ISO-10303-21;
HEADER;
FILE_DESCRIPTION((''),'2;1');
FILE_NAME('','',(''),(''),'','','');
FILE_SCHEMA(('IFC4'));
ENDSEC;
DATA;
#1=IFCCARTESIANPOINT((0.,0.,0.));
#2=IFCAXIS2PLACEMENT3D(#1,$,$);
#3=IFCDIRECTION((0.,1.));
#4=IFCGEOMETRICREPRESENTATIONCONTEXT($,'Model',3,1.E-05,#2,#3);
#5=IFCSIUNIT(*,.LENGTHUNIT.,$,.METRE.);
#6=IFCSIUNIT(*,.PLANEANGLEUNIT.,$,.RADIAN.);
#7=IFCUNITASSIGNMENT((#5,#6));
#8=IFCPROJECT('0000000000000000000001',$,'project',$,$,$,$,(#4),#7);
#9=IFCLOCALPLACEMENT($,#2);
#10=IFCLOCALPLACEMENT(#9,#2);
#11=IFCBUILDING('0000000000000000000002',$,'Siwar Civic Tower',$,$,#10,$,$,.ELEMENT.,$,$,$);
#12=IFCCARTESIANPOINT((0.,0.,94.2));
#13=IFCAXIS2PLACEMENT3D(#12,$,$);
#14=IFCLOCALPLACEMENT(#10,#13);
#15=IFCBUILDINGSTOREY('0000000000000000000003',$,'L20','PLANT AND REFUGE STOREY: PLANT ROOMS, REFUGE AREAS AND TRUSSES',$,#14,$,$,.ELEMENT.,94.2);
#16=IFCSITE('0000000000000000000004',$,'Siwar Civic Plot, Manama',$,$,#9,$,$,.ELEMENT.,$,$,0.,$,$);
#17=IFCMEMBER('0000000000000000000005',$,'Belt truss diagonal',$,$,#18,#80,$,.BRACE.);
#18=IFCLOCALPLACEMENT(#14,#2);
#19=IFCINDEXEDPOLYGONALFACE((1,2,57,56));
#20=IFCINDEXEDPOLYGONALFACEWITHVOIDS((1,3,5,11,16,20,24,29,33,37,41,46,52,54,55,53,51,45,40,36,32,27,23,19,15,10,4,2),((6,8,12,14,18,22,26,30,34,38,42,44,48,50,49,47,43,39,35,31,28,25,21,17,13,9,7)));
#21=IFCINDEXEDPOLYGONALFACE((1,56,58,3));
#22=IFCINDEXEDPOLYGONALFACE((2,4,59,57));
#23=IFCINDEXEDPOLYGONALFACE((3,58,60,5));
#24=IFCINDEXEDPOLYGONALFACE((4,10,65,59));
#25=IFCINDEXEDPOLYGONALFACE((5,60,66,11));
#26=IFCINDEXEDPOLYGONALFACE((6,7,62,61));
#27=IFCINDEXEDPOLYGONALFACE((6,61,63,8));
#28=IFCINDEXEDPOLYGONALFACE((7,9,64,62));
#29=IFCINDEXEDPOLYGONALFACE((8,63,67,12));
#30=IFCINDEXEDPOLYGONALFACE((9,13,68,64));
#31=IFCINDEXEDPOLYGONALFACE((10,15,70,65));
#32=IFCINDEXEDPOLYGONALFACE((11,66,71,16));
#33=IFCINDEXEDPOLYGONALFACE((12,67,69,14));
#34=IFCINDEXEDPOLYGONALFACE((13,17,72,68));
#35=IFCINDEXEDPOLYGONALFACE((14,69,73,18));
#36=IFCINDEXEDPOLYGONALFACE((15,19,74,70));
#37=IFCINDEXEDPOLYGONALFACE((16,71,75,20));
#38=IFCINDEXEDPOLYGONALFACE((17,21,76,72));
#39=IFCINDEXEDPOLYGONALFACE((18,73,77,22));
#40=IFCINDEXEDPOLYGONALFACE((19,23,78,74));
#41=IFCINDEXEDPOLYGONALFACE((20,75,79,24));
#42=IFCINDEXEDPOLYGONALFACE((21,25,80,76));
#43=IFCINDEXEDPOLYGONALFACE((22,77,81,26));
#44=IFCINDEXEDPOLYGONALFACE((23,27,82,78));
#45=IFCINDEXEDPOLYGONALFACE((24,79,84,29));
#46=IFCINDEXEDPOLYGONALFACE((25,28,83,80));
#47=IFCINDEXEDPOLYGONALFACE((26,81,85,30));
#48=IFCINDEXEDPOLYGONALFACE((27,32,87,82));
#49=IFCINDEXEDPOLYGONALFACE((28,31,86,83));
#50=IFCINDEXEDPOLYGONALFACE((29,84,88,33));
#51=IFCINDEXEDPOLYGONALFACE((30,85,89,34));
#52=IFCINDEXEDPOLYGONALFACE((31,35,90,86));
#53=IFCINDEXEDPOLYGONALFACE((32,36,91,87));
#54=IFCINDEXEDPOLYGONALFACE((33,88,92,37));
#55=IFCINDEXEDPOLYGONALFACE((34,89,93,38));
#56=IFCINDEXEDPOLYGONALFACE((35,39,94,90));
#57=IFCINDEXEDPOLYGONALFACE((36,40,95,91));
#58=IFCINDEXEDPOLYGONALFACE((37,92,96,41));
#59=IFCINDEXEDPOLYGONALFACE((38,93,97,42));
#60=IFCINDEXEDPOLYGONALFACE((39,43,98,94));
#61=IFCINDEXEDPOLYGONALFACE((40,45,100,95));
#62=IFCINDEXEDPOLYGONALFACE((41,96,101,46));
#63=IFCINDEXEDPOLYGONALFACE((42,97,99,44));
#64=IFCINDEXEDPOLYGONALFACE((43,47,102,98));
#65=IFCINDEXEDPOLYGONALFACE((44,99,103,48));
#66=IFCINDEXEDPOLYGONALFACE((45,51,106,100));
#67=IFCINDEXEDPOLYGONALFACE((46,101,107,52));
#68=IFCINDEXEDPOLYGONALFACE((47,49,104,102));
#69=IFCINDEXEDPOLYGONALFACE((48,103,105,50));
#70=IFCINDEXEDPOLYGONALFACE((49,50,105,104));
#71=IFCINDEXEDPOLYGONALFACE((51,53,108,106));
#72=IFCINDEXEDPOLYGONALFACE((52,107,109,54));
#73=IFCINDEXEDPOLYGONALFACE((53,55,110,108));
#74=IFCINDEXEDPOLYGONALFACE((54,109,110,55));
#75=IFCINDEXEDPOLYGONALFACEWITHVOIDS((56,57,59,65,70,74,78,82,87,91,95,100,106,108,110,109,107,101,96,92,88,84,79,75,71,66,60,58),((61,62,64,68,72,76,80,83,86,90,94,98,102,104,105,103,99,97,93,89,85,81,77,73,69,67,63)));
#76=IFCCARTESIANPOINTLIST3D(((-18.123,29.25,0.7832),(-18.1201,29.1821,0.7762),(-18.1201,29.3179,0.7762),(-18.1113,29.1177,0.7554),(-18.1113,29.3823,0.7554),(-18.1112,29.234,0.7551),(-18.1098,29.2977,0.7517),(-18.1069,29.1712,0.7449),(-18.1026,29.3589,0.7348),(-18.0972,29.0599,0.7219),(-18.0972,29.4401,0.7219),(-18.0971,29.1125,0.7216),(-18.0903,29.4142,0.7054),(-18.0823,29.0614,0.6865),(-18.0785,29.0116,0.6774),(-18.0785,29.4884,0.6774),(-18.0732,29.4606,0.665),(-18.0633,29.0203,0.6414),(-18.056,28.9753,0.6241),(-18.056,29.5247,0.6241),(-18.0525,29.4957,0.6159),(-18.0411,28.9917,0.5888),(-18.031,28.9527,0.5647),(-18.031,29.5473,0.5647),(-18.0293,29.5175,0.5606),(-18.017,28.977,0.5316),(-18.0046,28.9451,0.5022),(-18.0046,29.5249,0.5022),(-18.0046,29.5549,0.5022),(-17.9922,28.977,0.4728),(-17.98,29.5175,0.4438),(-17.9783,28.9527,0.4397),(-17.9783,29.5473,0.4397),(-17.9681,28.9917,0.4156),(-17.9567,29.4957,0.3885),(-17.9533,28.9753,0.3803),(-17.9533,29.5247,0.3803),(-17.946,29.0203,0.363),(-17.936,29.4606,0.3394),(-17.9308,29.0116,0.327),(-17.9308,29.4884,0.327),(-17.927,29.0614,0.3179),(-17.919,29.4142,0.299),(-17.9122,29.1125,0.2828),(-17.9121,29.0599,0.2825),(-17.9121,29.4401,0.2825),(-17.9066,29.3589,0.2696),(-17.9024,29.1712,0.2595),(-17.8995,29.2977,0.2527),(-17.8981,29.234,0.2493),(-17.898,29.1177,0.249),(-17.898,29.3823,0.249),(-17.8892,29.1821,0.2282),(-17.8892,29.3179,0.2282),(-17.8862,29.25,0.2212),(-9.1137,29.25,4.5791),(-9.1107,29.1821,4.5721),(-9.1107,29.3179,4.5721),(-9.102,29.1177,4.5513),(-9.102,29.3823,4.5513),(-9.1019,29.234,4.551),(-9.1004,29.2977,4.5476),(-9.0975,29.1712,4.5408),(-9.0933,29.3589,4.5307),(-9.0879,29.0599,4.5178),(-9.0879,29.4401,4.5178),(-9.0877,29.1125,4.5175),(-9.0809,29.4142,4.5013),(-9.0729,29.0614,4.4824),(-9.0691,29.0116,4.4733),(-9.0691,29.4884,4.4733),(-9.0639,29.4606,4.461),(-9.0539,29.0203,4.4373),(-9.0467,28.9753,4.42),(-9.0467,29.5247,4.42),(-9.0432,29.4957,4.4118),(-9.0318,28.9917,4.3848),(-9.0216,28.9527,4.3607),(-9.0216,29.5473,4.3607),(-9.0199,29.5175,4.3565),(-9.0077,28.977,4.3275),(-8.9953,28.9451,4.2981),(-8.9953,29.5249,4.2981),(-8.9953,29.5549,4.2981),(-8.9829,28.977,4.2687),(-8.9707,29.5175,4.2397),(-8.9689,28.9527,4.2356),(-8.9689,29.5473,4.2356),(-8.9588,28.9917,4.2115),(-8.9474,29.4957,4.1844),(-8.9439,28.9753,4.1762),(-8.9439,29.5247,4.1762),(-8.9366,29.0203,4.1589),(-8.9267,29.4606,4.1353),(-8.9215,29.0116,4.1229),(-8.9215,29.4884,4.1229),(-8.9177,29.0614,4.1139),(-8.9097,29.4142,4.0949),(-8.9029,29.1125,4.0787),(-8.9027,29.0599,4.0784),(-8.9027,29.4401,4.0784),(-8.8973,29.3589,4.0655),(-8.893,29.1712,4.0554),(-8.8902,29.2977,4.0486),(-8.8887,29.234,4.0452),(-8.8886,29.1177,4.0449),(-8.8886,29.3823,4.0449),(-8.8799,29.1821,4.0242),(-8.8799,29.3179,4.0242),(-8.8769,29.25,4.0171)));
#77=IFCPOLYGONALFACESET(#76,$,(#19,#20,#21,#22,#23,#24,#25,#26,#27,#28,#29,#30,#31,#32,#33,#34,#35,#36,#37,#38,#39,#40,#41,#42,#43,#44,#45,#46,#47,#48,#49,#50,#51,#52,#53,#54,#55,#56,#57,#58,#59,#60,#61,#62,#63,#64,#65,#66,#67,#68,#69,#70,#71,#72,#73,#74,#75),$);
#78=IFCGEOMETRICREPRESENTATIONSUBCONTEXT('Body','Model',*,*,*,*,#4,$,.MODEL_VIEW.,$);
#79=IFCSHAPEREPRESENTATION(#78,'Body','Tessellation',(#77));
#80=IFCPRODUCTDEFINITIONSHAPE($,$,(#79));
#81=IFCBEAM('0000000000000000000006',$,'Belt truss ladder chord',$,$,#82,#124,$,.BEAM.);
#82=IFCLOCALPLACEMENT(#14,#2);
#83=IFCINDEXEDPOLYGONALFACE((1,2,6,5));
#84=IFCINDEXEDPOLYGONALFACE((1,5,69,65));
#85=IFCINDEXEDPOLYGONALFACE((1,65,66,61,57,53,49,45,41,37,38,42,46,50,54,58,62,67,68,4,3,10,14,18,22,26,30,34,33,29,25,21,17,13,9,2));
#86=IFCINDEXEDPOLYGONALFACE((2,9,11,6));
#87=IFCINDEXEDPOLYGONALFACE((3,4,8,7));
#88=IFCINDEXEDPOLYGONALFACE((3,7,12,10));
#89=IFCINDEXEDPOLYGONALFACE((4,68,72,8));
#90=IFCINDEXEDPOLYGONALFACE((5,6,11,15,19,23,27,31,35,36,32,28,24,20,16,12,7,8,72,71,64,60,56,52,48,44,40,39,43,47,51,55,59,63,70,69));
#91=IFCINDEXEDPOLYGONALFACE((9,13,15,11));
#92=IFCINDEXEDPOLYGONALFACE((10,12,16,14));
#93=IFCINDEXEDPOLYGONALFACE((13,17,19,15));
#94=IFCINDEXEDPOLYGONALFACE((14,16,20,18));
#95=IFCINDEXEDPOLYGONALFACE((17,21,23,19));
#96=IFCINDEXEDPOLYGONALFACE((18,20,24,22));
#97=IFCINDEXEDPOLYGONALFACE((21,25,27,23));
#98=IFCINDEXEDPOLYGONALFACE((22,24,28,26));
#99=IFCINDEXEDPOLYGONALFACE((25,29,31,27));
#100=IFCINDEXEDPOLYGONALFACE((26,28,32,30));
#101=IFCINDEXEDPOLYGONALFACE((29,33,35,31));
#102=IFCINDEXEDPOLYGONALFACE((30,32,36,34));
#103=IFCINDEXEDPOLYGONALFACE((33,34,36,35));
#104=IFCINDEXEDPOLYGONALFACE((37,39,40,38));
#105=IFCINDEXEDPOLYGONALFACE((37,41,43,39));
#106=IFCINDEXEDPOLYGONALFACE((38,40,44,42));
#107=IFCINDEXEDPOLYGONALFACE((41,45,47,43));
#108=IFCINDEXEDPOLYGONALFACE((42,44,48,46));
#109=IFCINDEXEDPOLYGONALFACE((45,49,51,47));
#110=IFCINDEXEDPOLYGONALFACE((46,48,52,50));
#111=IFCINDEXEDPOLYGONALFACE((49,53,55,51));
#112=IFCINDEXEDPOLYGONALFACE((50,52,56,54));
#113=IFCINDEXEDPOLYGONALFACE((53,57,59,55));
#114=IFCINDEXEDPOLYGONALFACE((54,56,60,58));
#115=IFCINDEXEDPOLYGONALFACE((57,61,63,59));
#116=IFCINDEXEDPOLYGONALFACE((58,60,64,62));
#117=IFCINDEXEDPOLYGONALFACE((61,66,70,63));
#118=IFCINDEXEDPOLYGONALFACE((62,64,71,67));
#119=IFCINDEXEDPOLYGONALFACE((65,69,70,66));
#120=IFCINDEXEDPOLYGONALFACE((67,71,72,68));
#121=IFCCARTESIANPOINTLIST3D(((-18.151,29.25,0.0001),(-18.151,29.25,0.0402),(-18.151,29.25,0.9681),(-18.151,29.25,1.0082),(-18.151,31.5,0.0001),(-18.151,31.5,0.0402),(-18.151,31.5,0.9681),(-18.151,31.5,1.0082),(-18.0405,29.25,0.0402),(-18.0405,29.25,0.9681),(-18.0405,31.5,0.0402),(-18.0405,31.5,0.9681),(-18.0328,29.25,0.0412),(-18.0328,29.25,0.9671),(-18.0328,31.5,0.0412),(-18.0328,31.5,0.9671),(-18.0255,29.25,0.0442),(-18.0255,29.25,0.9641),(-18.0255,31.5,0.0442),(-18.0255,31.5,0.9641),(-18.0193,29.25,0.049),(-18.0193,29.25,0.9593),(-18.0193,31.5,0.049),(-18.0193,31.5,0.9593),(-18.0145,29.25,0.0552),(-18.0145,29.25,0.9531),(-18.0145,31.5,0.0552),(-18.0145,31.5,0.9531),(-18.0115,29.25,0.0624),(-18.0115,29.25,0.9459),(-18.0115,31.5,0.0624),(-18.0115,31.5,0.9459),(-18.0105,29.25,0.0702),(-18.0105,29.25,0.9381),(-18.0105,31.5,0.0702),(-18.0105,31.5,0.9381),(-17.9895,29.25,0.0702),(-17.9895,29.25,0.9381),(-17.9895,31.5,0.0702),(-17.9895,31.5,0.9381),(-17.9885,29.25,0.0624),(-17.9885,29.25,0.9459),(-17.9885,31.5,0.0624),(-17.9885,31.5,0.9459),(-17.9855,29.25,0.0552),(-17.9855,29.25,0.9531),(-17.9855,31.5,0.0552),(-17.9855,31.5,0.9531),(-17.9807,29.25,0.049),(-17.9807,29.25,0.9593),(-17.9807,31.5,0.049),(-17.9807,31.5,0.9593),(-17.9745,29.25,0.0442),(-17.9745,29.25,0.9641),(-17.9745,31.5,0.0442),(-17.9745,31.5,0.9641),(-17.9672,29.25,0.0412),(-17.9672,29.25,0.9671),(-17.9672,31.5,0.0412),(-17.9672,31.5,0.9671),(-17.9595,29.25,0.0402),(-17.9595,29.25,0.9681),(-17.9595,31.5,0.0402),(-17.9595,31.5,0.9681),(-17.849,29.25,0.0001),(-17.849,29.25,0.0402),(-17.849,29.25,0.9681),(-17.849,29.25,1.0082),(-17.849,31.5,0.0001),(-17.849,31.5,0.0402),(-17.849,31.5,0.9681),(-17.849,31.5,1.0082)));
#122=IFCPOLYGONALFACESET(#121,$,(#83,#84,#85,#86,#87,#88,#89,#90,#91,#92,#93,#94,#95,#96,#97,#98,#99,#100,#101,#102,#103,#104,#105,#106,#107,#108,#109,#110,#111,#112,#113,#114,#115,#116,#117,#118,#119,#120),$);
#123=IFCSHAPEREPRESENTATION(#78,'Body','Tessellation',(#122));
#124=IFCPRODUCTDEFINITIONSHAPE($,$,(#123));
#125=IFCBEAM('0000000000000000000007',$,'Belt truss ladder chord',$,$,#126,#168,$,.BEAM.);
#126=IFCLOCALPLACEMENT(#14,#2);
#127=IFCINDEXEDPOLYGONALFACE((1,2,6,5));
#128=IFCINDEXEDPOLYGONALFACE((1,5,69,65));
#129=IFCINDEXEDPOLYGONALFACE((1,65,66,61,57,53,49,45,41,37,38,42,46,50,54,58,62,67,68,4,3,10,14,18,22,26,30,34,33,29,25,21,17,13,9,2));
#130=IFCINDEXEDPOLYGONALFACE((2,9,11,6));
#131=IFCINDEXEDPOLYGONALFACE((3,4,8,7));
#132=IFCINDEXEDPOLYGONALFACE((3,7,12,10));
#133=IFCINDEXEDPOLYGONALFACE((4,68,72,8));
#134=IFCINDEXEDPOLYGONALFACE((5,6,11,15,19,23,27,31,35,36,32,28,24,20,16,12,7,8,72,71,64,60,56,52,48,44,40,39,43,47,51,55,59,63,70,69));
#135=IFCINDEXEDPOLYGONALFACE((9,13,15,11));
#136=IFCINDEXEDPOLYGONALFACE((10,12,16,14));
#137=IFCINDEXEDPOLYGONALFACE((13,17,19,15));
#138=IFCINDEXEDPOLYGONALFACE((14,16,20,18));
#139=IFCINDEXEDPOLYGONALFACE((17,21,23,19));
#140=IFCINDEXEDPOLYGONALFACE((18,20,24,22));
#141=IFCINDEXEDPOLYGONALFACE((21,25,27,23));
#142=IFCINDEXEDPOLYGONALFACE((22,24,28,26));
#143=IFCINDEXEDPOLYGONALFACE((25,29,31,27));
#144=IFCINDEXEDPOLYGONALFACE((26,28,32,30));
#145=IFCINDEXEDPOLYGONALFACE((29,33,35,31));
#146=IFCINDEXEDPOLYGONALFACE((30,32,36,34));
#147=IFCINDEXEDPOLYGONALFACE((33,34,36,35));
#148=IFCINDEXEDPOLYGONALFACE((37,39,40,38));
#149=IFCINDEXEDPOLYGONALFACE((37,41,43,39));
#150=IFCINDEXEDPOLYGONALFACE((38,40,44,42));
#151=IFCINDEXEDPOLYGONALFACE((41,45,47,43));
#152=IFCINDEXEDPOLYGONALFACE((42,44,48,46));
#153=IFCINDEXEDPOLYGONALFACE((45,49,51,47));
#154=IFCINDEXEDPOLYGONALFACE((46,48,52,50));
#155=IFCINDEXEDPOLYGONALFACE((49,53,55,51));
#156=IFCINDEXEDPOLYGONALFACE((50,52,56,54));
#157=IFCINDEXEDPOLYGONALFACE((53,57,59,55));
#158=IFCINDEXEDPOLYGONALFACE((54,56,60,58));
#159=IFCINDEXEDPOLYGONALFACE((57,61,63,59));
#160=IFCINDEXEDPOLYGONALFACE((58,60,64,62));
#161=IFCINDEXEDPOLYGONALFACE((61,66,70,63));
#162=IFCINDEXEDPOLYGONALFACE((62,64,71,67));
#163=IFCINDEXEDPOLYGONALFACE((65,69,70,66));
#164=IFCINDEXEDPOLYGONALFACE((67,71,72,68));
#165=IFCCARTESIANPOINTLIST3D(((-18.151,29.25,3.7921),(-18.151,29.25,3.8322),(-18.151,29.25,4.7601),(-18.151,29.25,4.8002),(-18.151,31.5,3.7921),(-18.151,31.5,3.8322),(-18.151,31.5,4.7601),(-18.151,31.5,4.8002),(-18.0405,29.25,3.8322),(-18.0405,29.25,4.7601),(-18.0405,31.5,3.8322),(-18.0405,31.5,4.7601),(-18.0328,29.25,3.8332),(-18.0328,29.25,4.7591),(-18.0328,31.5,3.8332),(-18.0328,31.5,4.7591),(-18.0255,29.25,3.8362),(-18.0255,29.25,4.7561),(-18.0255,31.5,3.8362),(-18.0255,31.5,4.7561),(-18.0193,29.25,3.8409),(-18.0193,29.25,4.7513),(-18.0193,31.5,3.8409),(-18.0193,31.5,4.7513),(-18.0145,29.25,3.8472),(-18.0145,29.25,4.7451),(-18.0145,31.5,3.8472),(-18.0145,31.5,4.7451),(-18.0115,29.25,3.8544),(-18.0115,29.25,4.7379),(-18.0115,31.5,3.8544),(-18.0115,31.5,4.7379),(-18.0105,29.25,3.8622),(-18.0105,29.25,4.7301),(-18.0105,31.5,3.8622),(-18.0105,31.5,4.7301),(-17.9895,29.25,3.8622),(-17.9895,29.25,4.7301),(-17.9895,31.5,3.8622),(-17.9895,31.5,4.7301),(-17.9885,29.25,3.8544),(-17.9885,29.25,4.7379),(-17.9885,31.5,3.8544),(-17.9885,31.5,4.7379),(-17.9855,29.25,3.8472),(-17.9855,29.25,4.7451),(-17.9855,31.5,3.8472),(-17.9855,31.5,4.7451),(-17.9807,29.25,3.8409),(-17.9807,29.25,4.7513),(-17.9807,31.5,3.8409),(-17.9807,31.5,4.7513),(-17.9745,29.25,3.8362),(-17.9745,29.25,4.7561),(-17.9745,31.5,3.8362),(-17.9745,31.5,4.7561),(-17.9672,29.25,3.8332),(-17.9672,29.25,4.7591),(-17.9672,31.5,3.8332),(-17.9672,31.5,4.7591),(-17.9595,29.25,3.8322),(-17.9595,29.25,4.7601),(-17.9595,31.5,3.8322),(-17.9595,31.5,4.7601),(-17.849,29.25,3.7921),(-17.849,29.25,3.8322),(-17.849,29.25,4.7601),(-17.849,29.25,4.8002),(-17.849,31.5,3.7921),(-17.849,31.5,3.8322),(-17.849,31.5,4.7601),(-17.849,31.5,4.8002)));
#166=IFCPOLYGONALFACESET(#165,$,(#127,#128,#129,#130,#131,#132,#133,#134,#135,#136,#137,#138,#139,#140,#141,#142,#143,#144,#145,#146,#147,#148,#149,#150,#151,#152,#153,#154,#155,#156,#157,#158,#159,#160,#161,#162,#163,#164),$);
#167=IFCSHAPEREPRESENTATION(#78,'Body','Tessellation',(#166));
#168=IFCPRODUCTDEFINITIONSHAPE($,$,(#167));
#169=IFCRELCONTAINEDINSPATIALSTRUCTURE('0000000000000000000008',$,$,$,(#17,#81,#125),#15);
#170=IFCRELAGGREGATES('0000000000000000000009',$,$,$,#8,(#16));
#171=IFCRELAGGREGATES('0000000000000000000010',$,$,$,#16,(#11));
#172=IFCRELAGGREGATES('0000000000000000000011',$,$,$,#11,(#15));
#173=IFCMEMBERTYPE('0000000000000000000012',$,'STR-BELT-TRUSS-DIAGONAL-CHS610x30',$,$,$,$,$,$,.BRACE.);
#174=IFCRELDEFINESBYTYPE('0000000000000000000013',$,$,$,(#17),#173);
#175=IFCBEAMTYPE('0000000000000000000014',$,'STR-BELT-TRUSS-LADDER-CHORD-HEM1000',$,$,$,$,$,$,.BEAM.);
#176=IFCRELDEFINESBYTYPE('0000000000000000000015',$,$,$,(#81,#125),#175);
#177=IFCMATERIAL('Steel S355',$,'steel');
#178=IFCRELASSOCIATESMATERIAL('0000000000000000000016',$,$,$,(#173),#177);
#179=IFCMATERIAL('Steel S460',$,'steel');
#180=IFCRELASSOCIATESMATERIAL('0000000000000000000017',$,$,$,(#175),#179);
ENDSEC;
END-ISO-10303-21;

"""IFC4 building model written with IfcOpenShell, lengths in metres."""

from ifc_helpers import new_model, si_unit, direction, frame, origin, origin_2d, place, context, subcontext, project, spatial, hollow_circle, i_section, extrude, material, material_profile, profile_set, type_object, element, save


model = new_model("IFC4")

# Units and contexts
model_context = context("Model", 3, precision=1e-05, world=origin(), true_north=direction((0.0, 1.0)))
body_context = subcontext(model_context, "Body", "Model", "MODEL_VIEW")
ifc_project = project(units=[si_unit("LENGTHUNIT", "METRE"), si_unit("PLANEANGLEUNIT", "RADIAN")], contexts=[model_context])

# Site, building, storey
site_placement = place(None, origin())
site = spatial("IfcSite", under=ifc_project, at=site_placement, Name="Siwar Civic Plot, Manama", CompositionType="ELEMENT", RefElevation=0.0)
building_placement = place(site_placement, origin())
building = spatial("IfcBuilding", under=site, at=building_placement, Name="Siwar Civic Tower", CompositionType="ELEMENT")
storey_placement = place(building_placement, frame((0.0, 0.0, 94.2)))
storey = spatial("IfcBuildingStorey", under=building, at=storey_placement, Name="L20", Description="PLANT AND REFUGE STOREY: PLANT ROOMS, REFUGE AREAS AND TRUSSES", CompositionType="ELEMENT", Elevation=94.2)

# Member
ifc_material_1 = material(Name="Steel S355", Category="steel")
ifc_material_profile_1 = material_profile(ifc_material_1, hollow_circle(Radius=0.3049, WallThickness=0.03, at=origin_2d()), Name="CHS610x30")
ifc_profile_set_1 = profile_set([ifc_material_profile_1], Name="Steel S355")
member_type_1 = type_object("IfcMemberType", Name="STR-BELT-TRUSS-DIAGONAL-CHS610x30", PredefinedType="BRACE", material=ifc_profile_set_1)
member_1_placement = place(storey_placement, frame((-18.0046, 29.25, 0.5022), z_axis=(0.921543, 0.0, 0.388276), x_axis=(0.0, 1.0, 0.0)))
element("IfcMember", 1, at=member_1_placement, inside=storey, type_object=member_type_1, Name="Belt truss diagonal", PredefinedType="BRACE", context=body_context, shape_type="SweptSolid", body=[
    extrude(hollow_circle(Radius=0.3049, WallThickness=0.03, at=origin_2d()), origin(), (0.0, 0.0, 1.0), 9.7764),
])

# Beams
ifc_material_2 = material(Name="Steel S460", Category="steel")
ifc_material_profile_2 = material_profile(ifc_material_2, i_section(OverallWidth=0.302, OverallDepth=1.0081, WebThickness=0.021, FlangeThickness=0.04, FilletRadius=0.03, at=origin_2d()), Name="HEM1000")
ifc_profile_set_2 = profile_set([ifc_material_profile_2], Name="Steel S460")
beam_type_1 = type_object("IfcBeamType", Name="STR-BELT-TRUSS-LADDER-CHORD-HEM1000", PredefinedType="BEAM", material=ifc_profile_set_2)
for number, where, z_axis, x_axis, name in (
    (2, (-18.0, 29.25, 0.5042), (0.0, 1.0, 0.0), (-1.0, 0.0, 0.0), "Belt truss ladder chord"),
    (3, (-18.0, 29.25, 4.2961), (0.0, 1.0, 0.0), (-1.0, 0.0, 0.0), "Belt truss ladder chord"),
):
    element("IfcBeam", number, at=place(storey_placement, frame(where, z_axis=z_axis, x_axis=x_axis)), inside=storey, type_object=beam_type_1, Name=name, PredefinedType="BEAM", context=body_context, shape_type="SweptSolid", body=[
        extrude(i_section(OverallWidth=0.302, OverallDepth=1.0081, WebThickness=0.021, FlangeThickness=0.04, FilletRadius=0.03, at=origin_2d()), origin(), (0.0, 0.0, 1.0), 2.25),
    ])

save(model, "model.ifc")
